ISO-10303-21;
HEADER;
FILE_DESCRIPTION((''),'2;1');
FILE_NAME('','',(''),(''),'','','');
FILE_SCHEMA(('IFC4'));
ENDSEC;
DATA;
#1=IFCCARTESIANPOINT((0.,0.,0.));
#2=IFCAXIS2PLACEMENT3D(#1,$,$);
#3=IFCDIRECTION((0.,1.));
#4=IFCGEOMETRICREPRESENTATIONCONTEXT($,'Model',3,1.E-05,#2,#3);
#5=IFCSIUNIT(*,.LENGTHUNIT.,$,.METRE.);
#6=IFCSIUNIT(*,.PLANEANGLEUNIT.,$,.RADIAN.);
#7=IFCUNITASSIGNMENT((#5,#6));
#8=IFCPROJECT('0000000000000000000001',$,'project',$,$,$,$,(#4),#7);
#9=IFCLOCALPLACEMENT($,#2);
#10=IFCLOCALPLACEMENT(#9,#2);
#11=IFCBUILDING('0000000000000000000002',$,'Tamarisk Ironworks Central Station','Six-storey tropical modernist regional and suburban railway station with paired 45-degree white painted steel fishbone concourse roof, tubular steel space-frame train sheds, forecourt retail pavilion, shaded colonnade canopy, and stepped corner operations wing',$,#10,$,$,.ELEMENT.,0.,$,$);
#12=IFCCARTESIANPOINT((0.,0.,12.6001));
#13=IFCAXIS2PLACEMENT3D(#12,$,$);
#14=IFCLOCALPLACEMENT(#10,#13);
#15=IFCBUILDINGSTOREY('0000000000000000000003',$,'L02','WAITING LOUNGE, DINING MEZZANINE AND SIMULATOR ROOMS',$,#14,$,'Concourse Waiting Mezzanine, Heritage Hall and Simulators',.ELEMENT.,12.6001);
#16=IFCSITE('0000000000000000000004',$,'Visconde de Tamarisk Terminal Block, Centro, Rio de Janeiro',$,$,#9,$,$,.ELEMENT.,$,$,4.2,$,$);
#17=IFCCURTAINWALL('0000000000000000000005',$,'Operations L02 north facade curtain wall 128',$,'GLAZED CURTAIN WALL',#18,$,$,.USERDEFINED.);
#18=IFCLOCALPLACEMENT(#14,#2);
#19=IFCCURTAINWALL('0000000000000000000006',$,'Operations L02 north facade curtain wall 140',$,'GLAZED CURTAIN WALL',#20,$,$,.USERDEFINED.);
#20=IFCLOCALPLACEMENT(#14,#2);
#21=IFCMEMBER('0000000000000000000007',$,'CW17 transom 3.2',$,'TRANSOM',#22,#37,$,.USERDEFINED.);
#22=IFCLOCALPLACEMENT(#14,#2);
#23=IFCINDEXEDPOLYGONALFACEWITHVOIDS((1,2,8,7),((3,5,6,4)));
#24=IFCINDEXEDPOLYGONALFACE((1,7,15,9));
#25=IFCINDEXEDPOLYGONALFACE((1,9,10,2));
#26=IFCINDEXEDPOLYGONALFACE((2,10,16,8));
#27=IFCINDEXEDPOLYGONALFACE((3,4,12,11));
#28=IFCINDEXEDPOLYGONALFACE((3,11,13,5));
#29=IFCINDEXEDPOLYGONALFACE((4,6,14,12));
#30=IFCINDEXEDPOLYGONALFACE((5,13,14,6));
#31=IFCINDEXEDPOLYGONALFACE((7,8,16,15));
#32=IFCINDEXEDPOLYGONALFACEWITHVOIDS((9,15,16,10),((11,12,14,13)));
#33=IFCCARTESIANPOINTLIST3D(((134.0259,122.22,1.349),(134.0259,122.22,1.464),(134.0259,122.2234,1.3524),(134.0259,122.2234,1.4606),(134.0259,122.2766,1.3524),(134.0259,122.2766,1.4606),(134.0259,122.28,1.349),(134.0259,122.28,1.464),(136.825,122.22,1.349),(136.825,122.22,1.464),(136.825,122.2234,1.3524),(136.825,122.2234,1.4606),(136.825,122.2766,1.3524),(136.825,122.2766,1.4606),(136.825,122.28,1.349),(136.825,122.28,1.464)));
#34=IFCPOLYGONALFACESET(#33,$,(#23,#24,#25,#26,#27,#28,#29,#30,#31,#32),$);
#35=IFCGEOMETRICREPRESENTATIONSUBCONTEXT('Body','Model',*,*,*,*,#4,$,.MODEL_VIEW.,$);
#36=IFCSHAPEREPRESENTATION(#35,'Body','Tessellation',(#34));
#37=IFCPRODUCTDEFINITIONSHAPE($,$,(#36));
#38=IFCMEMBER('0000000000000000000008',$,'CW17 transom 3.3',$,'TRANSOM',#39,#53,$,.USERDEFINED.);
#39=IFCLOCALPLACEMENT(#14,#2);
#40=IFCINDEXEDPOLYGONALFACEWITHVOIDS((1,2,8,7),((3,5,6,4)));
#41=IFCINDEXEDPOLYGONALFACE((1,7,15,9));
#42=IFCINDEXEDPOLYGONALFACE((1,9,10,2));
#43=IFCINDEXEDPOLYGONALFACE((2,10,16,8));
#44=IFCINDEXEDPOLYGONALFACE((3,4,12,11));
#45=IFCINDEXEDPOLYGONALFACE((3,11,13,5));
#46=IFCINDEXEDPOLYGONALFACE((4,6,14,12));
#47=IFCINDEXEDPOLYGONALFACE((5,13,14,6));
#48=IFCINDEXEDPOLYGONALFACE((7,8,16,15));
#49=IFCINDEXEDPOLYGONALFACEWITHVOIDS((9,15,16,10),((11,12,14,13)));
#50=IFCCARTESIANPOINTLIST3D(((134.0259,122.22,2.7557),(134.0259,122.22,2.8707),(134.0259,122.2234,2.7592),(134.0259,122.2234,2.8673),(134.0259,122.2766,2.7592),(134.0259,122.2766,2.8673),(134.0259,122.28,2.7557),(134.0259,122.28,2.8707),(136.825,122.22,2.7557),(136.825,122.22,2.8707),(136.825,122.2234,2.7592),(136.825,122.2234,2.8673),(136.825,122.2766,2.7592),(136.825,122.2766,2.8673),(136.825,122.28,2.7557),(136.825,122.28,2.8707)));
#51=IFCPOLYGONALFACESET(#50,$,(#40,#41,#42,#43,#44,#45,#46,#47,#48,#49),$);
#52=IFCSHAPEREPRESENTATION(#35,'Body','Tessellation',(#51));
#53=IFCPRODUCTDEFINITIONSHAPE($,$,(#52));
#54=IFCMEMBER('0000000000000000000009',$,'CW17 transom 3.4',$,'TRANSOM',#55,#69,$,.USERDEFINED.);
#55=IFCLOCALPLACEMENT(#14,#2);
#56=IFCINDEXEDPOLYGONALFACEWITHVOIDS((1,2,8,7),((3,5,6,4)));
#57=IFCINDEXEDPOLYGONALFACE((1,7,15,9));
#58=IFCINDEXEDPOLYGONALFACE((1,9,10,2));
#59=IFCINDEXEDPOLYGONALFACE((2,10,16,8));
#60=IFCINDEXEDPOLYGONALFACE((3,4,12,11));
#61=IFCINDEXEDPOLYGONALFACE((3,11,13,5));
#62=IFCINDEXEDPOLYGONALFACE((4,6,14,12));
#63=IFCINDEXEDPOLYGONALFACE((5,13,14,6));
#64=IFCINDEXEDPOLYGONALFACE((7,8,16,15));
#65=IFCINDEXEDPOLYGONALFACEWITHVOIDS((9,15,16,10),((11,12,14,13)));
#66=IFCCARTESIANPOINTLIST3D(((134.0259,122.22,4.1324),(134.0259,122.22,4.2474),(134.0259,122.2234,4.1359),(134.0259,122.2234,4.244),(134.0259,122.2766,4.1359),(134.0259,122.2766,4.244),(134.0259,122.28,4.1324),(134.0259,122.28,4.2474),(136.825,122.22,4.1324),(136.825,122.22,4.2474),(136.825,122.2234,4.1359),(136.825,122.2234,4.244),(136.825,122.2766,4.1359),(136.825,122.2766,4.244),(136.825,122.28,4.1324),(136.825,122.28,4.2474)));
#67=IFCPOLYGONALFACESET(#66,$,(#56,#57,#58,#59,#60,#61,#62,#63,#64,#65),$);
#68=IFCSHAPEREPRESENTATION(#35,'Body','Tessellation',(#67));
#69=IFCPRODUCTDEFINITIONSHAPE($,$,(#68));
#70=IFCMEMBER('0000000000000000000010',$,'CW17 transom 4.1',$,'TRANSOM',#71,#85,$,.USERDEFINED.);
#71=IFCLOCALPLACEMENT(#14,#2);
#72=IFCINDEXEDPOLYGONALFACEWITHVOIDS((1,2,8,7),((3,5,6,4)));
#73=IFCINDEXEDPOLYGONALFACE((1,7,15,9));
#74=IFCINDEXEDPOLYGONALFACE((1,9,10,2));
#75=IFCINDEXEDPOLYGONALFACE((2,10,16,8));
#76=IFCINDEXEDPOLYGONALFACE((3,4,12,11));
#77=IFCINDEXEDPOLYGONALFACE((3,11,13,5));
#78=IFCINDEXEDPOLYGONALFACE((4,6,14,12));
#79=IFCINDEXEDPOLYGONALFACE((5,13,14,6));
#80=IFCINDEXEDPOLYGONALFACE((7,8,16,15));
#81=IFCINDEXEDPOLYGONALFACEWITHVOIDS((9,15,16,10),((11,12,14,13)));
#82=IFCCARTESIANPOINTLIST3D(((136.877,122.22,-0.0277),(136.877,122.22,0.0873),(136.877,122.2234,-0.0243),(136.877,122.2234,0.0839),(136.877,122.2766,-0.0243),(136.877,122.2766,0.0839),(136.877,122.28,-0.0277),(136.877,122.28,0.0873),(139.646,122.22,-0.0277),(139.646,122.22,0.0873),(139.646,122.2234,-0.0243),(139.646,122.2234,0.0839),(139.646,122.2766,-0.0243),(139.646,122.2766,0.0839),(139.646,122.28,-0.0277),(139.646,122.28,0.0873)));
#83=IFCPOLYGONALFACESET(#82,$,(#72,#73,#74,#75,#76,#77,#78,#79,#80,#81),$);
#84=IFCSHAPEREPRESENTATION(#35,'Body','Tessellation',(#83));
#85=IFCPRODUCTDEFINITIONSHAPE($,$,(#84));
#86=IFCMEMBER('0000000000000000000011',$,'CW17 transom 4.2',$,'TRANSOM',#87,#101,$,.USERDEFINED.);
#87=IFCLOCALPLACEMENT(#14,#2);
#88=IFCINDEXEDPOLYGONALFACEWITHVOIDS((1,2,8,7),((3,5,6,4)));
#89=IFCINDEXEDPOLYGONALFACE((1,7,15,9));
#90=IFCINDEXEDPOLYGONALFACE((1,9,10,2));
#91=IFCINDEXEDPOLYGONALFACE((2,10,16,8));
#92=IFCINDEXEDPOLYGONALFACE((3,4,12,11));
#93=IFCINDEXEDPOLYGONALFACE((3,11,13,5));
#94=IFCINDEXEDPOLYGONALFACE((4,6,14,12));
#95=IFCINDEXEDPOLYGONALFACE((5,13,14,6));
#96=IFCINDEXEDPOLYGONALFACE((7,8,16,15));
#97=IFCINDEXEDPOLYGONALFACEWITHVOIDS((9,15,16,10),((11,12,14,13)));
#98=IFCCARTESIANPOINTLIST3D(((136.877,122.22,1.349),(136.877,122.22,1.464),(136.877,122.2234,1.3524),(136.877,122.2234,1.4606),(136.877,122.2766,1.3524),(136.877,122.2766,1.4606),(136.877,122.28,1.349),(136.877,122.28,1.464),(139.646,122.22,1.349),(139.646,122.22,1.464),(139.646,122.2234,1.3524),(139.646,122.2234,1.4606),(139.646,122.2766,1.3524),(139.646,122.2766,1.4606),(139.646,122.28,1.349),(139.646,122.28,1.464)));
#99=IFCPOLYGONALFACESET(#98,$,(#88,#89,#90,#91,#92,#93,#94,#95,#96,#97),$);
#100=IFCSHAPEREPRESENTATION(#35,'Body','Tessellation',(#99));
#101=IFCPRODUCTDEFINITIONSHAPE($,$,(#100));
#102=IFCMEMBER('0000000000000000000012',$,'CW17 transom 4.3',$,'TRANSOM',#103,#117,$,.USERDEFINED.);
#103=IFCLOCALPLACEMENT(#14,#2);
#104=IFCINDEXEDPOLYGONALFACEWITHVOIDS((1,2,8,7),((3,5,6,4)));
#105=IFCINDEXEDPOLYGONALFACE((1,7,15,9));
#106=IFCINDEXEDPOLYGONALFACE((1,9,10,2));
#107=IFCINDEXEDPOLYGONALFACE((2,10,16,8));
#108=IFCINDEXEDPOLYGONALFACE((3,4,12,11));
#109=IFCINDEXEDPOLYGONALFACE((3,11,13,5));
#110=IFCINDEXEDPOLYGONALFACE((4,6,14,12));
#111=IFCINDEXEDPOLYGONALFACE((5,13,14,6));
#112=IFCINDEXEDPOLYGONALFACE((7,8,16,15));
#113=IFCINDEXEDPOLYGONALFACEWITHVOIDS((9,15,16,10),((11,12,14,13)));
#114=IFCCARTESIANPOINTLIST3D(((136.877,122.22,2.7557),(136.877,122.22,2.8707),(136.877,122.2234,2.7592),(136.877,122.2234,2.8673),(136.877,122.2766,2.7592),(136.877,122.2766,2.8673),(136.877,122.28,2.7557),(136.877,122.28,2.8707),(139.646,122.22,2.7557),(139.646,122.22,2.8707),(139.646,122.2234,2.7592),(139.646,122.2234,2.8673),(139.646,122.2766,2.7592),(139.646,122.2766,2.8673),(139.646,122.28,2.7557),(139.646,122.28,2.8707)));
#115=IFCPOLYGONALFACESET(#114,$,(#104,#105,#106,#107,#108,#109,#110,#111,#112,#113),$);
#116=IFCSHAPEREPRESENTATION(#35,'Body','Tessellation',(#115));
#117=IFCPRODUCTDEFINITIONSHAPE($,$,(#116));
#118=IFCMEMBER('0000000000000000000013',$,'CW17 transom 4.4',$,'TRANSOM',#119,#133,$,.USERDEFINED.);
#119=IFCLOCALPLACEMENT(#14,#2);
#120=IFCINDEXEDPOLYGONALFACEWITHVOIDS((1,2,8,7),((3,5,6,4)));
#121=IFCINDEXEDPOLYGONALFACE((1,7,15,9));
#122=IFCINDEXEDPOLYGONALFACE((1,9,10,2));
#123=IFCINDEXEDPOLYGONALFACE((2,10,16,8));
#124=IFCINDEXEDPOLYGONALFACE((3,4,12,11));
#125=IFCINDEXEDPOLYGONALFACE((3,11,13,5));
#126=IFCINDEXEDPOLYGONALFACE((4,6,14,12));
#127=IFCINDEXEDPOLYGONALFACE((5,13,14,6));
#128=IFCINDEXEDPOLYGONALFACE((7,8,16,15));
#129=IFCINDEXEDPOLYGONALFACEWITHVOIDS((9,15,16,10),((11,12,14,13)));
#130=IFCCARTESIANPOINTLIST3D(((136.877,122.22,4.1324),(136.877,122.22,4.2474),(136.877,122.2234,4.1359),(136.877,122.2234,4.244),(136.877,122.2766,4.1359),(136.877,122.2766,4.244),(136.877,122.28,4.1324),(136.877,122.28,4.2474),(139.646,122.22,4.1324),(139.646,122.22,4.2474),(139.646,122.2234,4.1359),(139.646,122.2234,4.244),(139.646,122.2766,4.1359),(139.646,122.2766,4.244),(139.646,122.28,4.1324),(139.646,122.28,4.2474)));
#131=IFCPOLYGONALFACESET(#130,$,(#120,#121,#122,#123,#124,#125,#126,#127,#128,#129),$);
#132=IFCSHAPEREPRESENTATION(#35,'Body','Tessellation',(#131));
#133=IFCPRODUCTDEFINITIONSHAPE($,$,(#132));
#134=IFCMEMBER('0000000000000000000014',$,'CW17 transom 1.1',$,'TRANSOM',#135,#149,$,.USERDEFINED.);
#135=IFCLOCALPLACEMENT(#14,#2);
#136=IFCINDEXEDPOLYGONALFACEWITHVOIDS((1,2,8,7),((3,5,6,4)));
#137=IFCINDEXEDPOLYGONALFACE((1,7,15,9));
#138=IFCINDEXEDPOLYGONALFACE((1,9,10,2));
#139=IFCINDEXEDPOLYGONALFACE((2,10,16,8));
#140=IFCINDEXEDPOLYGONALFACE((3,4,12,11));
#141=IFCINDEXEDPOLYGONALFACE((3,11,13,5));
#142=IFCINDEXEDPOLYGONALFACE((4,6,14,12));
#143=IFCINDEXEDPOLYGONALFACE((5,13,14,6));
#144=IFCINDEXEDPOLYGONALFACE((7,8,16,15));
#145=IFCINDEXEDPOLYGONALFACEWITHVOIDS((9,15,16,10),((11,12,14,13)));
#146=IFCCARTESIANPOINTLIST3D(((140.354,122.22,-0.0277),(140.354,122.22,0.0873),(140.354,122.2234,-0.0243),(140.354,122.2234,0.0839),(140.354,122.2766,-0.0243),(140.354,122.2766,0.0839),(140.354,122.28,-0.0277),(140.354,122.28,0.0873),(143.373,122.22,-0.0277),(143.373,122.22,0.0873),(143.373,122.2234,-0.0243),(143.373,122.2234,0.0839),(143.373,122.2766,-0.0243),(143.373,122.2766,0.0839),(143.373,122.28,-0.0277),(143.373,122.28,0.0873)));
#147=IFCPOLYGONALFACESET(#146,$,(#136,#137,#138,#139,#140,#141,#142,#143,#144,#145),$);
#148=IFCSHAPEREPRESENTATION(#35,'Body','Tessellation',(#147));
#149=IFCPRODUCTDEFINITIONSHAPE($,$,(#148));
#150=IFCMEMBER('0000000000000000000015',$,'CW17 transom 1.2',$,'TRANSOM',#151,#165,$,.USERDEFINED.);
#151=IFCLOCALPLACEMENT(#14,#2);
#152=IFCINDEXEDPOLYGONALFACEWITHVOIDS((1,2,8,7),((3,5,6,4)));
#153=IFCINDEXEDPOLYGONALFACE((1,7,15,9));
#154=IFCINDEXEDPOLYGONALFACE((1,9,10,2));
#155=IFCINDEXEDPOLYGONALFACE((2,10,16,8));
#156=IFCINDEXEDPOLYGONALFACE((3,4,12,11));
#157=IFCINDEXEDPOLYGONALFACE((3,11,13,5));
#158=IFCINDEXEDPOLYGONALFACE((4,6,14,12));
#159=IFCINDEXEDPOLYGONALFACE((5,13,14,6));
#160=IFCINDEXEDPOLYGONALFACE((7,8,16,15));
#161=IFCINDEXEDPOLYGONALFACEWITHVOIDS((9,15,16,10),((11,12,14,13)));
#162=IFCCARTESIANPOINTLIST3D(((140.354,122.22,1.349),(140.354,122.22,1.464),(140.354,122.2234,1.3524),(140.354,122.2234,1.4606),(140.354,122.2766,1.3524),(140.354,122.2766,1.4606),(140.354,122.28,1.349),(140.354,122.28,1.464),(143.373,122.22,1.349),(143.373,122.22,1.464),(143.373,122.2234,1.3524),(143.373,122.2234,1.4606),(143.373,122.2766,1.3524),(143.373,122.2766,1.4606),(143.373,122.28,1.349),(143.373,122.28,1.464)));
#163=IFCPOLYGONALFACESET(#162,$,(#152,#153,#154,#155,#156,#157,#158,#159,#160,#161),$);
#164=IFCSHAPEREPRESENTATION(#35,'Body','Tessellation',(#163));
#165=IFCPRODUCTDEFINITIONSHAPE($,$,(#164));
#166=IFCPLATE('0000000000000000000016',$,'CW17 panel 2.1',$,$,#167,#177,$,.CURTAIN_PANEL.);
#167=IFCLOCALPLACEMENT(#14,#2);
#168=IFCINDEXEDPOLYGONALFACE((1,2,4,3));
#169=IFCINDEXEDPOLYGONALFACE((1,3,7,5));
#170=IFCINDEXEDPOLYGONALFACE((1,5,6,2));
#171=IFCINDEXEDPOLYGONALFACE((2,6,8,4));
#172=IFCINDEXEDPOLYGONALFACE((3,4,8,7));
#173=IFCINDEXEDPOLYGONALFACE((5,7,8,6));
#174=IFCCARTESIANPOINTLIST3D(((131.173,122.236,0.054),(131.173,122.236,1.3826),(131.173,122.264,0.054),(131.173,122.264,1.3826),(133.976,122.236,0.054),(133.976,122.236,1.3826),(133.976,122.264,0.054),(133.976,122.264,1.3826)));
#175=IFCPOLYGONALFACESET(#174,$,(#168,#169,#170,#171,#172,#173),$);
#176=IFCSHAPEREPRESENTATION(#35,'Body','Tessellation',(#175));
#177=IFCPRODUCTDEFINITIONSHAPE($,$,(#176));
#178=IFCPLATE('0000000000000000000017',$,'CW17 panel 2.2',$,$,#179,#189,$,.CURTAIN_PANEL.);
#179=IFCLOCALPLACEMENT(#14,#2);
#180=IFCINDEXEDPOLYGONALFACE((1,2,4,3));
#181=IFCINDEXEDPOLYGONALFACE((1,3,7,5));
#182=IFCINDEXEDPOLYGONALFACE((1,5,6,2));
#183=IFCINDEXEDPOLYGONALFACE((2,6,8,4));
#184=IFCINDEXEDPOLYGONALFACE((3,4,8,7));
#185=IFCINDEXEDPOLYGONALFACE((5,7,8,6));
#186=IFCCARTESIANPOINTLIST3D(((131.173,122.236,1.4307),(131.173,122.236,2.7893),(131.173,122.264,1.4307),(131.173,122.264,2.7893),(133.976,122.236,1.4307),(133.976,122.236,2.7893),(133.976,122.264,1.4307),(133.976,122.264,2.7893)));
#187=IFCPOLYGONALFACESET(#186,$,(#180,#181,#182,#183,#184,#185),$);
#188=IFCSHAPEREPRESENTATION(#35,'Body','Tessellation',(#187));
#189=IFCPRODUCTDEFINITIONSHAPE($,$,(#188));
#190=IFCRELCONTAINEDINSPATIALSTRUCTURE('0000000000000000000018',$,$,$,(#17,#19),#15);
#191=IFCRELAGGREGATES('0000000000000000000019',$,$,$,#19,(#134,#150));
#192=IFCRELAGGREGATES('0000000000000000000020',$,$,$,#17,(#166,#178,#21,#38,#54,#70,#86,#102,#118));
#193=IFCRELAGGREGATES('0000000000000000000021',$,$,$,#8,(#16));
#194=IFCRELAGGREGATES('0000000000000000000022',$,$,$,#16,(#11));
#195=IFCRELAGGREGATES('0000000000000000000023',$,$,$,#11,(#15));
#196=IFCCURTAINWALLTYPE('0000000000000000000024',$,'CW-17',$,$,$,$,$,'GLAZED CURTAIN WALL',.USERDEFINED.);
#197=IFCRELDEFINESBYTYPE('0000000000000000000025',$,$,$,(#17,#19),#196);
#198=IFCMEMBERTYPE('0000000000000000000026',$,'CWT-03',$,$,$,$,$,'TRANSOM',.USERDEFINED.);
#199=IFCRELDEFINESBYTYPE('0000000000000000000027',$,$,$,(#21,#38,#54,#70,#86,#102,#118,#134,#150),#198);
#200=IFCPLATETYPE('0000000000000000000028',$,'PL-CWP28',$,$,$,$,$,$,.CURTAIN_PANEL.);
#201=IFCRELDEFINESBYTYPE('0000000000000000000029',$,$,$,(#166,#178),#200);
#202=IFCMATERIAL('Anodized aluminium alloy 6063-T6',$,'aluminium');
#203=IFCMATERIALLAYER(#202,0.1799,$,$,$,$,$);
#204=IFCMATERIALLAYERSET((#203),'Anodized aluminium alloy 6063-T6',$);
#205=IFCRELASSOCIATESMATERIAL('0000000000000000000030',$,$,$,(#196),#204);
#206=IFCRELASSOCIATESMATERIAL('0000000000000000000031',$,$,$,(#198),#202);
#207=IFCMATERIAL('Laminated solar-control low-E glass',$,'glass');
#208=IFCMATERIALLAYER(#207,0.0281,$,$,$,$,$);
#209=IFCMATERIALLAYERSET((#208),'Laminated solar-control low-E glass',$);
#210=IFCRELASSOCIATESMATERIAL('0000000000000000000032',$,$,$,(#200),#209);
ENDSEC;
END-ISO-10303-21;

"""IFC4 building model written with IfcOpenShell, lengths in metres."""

from ifc_helpers import new_model, si_unit, direction, frame, origin, origin_2d, place, context, subcontext, project, spatial, rectangle, hollow_rectangle, extrude, material, layer, layer_set, material_profile, profile_set, type_object, element, aggregate, save


model = new_model("IFC4")

# Units and contexts
model_context = context("Model", 3, precision=1e-05, world=origin(), true_north=direction((0.0, 1.0)))
body_context = subcontext(model_context, "Body", "Model", "MODEL_VIEW")
ifc_project = project(units=[si_unit("LENGTHUNIT", "METRE"), si_unit("PLANEANGLEUNIT", "RADIAN")], contexts=[model_context])

# Site, building, storey
site_placement = place(None, origin())
site = spatial("IfcSite", under=ifc_project, at=site_placement, Name="Visconde de Tamarisk Terminal Block, Centro, Rio de Janeiro", CompositionType="ELEMENT", RefElevation=4.2)
building_placement = place(site_placement, origin())
building = spatial("IfcBuilding", under=site, at=building_placement, Name="Tamarisk Ironworks Central Station", Description="Six-storey tropical modernist regional and suburban railway station with paired 45-degree white painted steel fishbone concourse roof, tubular steel space-frame train sheds, forecourt retail pavilion, shaded colonnade canopy, and stepped corner operations wing", CompositionType="ELEMENT", ElevationOfRefHeight=0.0)
storey_placement = place(building_placement, frame((0.0, 0.0, 12.6001)))
storey = spatial("IfcBuildingStorey", under=building, at=storey_placement, Name="L02", Description="WAITING LOUNGE, DINING MEZZANINE AND SIMULATOR ROOMS", LongName="Concourse Waiting Mezzanine, Heritage Hall and Simulators", CompositionType="ELEMENT", Elevation=12.6001)

# Curtain wall
ifc_material_1 = material(Name="Anodized aluminium alloy 6063-T6", Category="aluminium")
ifc_layer_1 = layer(ifc_material_1, 0.1799)
ifc_layer_set_1 = layer_set([ifc_layer_1], Name="Anodized aluminium alloy 6063-T6")
curtain_wall_type = type_object("IfcCurtainWallType", Name="CW-17", ElementType="GLAZED CURTAIN WALL", PredefinedType="USERDEFINED", material=ifc_layer_set_1)
curtain_wall_1_placement = place(storey_placement, origin())
curtain_wall_1 = element("IfcCurtainWall", 1, at=curtain_wall_1_placement, inside=storey, type_object=curtain_wall_type, Name="Operations L02 north facade curtain wall 128", ObjectType="GLAZED CURTAIN WALL", PredefinedType="USERDEFINED")

# Curtain wall
curtain_wall_2_placement = place(storey_placement, origin())
curtain_wall_2 = element("IfcCurtainWall", 2, at=curtain_wall_2_placement, inside=storey, type_object=curtain_wall_type, Name="Operations L02 north facade curtain wall 140", ObjectType="GLAZED CURTAIN WALL", PredefinedType="USERDEFINED")

# Members
ifc_material_profile_1 = material_profile(ifc_material_1, hollow_rectangle(XDim=0.0601, YDim=0.115, WallThickness=0.0034, at=origin_2d()), Name="ALUM 115x60")
ifc_profile_set_1 = profile_set([ifc_material_profile_1], Name="Anodized aluminium alloy 6063-T6")
member_type_1 = type_object("IfcMemberType", Name="CWT-03", ElementType="TRANSOM", PredefinedType="USERDEFINED", material=ifc_profile_set_1)
member_1_placement = place(storey_placement, frame((134.0259, 122.25, 1.4065), z_axis=(1.0, 0.0, 0.0), x_axis=(0.0, 1.0, 0.0)))
member_1 = element("IfcMember", 3, at=member_1_placement, type_object=member_type_1, Name="CW17 transom 3.2", ObjectType="TRANSOM", PredefinedType="USERDEFINED", context=body_context, shape_type="SweptSolid", body=[
    extrude(hollow_rectangle(XDim=0.0601, YDim=0.115, WallThickness=0.0034, at=origin_2d()), origin(), (0.0, 0.0, 1.0), 2.7991),
])
member_2_placement = place(storey_placement, frame((134.0259, 122.25, 2.8132), z_axis=(1.0, 0.0, 0.0), x_axis=(0.0, 1.0, 0.0)))
member_2 = element("IfcMember", 4, at=member_2_placement, type_object=member_type_1, Name="CW17 transom 3.3", ObjectType="TRANSOM", PredefinedType="USERDEFINED", context=body_context, shape_type="SweptSolid", body=[
    extrude(hollow_rectangle(XDim=0.0601, YDim=0.115, WallThickness=0.0034, at=origin_2d()), origin(), (0.0, 0.0, 1.0), 2.7991),
])
member_3_placement = place(storey_placement, frame((134.0259, 122.25, 4.1899), z_axis=(1.0, 0.0, 0.0), x_axis=(0.0, 1.0, 0.0)))
member_3 = element("IfcMember", 5, at=member_3_placement, type_object=member_type_1, Name="CW17 transom 3.4", ObjectType="TRANSOM", PredefinedType="USERDEFINED", context=body_context, shape_type="SweptSolid", body=[
    extrude(hollow_rectangle(XDim=0.0601, YDim=0.115, WallThickness=0.0034, at=origin_2d()), origin(), (0.0, 0.0, 1.0), 2.7991),
])
member_4_placement = place(storey_placement, frame((136.877, 122.25, 0.0298), z_axis=(1.0, 0.0, 0.0), x_axis=(0.0, 1.0, 0.0)))
member_4 = element("IfcMember", 6, at=member_4_placement, type_object=member_type_1, Name="CW17 transom 4.1", ObjectType="TRANSOM", PredefinedType="USERDEFINED", context=body_context, shape_type="SweptSolid", body=[
    extrude(hollow_rectangle(XDim=0.0601, YDim=0.115, WallThickness=0.0034, at=origin_2d()), origin(), (0.0, 0.0, 1.0), 2.769),
])
member_5_placement = place(storey_placement, frame((136.877, 122.25, 1.4065), z_axis=(1.0, 0.0, 0.0), x_axis=(0.0, 1.0, 0.0)))
member_5 = element("IfcMember", 7, at=member_5_placement, type_object=member_type_1, Name="CW17 transom 4.2", ObjectType="TRANSOM", PredefinedType="USERDEFINED", context=body_context, shape_type="SweptSolid", body=[
    extrude(hollow_rectangle(XDim=0.0601, YDim=0.115, WallThickness=0.0034, at=origin_2d()), origin(), (0.0, 0.0, 1.0), 2.769),
])
member_6_placement = place(storey_placement, frame((136.877, 122.25, 2.8132), z_axis=(1.0, 0.0, 0.0), x_axis=(0.0, 1.0, 0.0)))
member_6 = element("IfcMember", 8, at=member_6_placement, type_object=member_type_1, Name="CW17 transom 4.3", ObjectType="TRANSOM", PredefinedType="USERDEFINED", context=body_context, shape_type="SweptSolid", body=[
    extrude(hollow_rectangle(XDim=0.0601, YDim=0.115, WallThickness=0.0034, at=origin_2d()), origin(), (0.0, 0.0, 1.0), 2.769),
])
member_7_placement = place(storey_placement, frame((136.877, 122.25, 4.1899), z_axis=(1.0, 0.0, 0.0), x_axis=(0.0, 1.0, 0.0)))
member_7 = element("IfcMember", 9, at=member_7_placement, type_object=member_type_1, Name="CW17 transom 4.4", ObjectType="TRANSOM", PredefinedType="USERDEFINED", context=body_context, shape_type="SweptSolid", body=[
    extrude(hollow_rectangle(XDim=0.0601, YDim=0.115, WallThickness=0.0034, at=origin_2d()), origin(), (0.0, 0.0, 1.0), 2.769),
])
member_8_placement = place(storey_placement, frame((140.354, 122.25, 0.0298), z_axis=(1.0, 0.0, 0.0), x_axis=(0.0, 1.0, 0.0)))
member_8 = element("IfcMember", 10, at=member_8_placement, type_object=member_type_1, Name="CW17 transom 1.1", ObjectType="TRANSOM", PredefinedType="USERDEFINED", context=body_context, shape_type="SweptSolid", body=[
    extrude(hollow_rectangle(XDim=0.0601, YDim=0.115, WallThickness=0.0034, at=origin_2d()), origin(), (0.0, 0.0, 1.0), 3.019),
])
member_9_placement = place(storey_placement, frame((140.354, 122.25, 1.4065), z_axis=(1.0, 0.0, 0.0), x_axis=(0.0, 1.0, 0.0)))
member_9 = element("IfcMember", 11, at=member_9_placement, type_object=member_type_1, Name="CW17 transom 1.2", ObjectType="TRANSOM", PredefinedType="USERDEFINED", context=body_context, shape_type="SweptSolid", body=[
    extrude(hollow_rectangle(XDim=0.0601, YDim=0.115, WallThickness=0.0034, at=origin_2d()), origin(), (0.0, 0.0, 1.0), 3.019),
])
aggregate(curtain_wall_2, [member_8, member_9])

# Plates
ifc_material_2 = material(Name="Laminated solar-control low-E glass", Category="glass")
ifc_layer_2 = layer(ifc_material_2, 0.0281)
ifc_layer_set_2 = layer_set([ifc_layer_2], Name="Laminated solar-control low-E glass")
plate_type = type_object("IfcPlateType", Name="PL-CWP28", PredefinedType="CURTAIN_PANEL", material=ifc_layer_set_2)
plate_1_placement = place(storey_placement, frame((132.5745, 122.25, 0.054), z_axis=(0.0, 0.0, 1.0), x_axis=(1.0, 0.0, 0.0)))
plate_1 = element("IfcPlate", 12, at=plate_1_placement, type_object=plate_type, Name="CW17 panel 2.1", PredefinedType="CURTAIN_PANEL", context=body_context, shape_type="SweptSolid", body=[
    extrude(rectangle(XDim=2.803, YDim=0.0281, at=origin_2d()), origin(), (0.0, 0.0, 1.0), 1.3286),
])
plate_2_placement = place(storey_placement, frame((132.5745, 122.25, 1.4307), z_axis=(0.0, 0.0, 1.0), x_axis=(1.0, 0.0, 0.0)))
plate_2 = element("IfcPlate", 13, at=plate_2_placement, type_object=plate_type, Name="CW17 panel 2.2", PredefinedType="CURTAIN_PANEL", context=body_context, shape_type="SweptSolid", body=[
    extrude(rectangle(XDim=2.803, YDim=0.0281, at=origin_2d()), origin(), (0.0, 0.0, 1.0), 1.3586),
])
aggregate(curtain_wall_1, [plate_1, plate_2, member_1, member_2, member_3, member_4, member_5, member_6, member_7])

save(model, "model.ifc")
